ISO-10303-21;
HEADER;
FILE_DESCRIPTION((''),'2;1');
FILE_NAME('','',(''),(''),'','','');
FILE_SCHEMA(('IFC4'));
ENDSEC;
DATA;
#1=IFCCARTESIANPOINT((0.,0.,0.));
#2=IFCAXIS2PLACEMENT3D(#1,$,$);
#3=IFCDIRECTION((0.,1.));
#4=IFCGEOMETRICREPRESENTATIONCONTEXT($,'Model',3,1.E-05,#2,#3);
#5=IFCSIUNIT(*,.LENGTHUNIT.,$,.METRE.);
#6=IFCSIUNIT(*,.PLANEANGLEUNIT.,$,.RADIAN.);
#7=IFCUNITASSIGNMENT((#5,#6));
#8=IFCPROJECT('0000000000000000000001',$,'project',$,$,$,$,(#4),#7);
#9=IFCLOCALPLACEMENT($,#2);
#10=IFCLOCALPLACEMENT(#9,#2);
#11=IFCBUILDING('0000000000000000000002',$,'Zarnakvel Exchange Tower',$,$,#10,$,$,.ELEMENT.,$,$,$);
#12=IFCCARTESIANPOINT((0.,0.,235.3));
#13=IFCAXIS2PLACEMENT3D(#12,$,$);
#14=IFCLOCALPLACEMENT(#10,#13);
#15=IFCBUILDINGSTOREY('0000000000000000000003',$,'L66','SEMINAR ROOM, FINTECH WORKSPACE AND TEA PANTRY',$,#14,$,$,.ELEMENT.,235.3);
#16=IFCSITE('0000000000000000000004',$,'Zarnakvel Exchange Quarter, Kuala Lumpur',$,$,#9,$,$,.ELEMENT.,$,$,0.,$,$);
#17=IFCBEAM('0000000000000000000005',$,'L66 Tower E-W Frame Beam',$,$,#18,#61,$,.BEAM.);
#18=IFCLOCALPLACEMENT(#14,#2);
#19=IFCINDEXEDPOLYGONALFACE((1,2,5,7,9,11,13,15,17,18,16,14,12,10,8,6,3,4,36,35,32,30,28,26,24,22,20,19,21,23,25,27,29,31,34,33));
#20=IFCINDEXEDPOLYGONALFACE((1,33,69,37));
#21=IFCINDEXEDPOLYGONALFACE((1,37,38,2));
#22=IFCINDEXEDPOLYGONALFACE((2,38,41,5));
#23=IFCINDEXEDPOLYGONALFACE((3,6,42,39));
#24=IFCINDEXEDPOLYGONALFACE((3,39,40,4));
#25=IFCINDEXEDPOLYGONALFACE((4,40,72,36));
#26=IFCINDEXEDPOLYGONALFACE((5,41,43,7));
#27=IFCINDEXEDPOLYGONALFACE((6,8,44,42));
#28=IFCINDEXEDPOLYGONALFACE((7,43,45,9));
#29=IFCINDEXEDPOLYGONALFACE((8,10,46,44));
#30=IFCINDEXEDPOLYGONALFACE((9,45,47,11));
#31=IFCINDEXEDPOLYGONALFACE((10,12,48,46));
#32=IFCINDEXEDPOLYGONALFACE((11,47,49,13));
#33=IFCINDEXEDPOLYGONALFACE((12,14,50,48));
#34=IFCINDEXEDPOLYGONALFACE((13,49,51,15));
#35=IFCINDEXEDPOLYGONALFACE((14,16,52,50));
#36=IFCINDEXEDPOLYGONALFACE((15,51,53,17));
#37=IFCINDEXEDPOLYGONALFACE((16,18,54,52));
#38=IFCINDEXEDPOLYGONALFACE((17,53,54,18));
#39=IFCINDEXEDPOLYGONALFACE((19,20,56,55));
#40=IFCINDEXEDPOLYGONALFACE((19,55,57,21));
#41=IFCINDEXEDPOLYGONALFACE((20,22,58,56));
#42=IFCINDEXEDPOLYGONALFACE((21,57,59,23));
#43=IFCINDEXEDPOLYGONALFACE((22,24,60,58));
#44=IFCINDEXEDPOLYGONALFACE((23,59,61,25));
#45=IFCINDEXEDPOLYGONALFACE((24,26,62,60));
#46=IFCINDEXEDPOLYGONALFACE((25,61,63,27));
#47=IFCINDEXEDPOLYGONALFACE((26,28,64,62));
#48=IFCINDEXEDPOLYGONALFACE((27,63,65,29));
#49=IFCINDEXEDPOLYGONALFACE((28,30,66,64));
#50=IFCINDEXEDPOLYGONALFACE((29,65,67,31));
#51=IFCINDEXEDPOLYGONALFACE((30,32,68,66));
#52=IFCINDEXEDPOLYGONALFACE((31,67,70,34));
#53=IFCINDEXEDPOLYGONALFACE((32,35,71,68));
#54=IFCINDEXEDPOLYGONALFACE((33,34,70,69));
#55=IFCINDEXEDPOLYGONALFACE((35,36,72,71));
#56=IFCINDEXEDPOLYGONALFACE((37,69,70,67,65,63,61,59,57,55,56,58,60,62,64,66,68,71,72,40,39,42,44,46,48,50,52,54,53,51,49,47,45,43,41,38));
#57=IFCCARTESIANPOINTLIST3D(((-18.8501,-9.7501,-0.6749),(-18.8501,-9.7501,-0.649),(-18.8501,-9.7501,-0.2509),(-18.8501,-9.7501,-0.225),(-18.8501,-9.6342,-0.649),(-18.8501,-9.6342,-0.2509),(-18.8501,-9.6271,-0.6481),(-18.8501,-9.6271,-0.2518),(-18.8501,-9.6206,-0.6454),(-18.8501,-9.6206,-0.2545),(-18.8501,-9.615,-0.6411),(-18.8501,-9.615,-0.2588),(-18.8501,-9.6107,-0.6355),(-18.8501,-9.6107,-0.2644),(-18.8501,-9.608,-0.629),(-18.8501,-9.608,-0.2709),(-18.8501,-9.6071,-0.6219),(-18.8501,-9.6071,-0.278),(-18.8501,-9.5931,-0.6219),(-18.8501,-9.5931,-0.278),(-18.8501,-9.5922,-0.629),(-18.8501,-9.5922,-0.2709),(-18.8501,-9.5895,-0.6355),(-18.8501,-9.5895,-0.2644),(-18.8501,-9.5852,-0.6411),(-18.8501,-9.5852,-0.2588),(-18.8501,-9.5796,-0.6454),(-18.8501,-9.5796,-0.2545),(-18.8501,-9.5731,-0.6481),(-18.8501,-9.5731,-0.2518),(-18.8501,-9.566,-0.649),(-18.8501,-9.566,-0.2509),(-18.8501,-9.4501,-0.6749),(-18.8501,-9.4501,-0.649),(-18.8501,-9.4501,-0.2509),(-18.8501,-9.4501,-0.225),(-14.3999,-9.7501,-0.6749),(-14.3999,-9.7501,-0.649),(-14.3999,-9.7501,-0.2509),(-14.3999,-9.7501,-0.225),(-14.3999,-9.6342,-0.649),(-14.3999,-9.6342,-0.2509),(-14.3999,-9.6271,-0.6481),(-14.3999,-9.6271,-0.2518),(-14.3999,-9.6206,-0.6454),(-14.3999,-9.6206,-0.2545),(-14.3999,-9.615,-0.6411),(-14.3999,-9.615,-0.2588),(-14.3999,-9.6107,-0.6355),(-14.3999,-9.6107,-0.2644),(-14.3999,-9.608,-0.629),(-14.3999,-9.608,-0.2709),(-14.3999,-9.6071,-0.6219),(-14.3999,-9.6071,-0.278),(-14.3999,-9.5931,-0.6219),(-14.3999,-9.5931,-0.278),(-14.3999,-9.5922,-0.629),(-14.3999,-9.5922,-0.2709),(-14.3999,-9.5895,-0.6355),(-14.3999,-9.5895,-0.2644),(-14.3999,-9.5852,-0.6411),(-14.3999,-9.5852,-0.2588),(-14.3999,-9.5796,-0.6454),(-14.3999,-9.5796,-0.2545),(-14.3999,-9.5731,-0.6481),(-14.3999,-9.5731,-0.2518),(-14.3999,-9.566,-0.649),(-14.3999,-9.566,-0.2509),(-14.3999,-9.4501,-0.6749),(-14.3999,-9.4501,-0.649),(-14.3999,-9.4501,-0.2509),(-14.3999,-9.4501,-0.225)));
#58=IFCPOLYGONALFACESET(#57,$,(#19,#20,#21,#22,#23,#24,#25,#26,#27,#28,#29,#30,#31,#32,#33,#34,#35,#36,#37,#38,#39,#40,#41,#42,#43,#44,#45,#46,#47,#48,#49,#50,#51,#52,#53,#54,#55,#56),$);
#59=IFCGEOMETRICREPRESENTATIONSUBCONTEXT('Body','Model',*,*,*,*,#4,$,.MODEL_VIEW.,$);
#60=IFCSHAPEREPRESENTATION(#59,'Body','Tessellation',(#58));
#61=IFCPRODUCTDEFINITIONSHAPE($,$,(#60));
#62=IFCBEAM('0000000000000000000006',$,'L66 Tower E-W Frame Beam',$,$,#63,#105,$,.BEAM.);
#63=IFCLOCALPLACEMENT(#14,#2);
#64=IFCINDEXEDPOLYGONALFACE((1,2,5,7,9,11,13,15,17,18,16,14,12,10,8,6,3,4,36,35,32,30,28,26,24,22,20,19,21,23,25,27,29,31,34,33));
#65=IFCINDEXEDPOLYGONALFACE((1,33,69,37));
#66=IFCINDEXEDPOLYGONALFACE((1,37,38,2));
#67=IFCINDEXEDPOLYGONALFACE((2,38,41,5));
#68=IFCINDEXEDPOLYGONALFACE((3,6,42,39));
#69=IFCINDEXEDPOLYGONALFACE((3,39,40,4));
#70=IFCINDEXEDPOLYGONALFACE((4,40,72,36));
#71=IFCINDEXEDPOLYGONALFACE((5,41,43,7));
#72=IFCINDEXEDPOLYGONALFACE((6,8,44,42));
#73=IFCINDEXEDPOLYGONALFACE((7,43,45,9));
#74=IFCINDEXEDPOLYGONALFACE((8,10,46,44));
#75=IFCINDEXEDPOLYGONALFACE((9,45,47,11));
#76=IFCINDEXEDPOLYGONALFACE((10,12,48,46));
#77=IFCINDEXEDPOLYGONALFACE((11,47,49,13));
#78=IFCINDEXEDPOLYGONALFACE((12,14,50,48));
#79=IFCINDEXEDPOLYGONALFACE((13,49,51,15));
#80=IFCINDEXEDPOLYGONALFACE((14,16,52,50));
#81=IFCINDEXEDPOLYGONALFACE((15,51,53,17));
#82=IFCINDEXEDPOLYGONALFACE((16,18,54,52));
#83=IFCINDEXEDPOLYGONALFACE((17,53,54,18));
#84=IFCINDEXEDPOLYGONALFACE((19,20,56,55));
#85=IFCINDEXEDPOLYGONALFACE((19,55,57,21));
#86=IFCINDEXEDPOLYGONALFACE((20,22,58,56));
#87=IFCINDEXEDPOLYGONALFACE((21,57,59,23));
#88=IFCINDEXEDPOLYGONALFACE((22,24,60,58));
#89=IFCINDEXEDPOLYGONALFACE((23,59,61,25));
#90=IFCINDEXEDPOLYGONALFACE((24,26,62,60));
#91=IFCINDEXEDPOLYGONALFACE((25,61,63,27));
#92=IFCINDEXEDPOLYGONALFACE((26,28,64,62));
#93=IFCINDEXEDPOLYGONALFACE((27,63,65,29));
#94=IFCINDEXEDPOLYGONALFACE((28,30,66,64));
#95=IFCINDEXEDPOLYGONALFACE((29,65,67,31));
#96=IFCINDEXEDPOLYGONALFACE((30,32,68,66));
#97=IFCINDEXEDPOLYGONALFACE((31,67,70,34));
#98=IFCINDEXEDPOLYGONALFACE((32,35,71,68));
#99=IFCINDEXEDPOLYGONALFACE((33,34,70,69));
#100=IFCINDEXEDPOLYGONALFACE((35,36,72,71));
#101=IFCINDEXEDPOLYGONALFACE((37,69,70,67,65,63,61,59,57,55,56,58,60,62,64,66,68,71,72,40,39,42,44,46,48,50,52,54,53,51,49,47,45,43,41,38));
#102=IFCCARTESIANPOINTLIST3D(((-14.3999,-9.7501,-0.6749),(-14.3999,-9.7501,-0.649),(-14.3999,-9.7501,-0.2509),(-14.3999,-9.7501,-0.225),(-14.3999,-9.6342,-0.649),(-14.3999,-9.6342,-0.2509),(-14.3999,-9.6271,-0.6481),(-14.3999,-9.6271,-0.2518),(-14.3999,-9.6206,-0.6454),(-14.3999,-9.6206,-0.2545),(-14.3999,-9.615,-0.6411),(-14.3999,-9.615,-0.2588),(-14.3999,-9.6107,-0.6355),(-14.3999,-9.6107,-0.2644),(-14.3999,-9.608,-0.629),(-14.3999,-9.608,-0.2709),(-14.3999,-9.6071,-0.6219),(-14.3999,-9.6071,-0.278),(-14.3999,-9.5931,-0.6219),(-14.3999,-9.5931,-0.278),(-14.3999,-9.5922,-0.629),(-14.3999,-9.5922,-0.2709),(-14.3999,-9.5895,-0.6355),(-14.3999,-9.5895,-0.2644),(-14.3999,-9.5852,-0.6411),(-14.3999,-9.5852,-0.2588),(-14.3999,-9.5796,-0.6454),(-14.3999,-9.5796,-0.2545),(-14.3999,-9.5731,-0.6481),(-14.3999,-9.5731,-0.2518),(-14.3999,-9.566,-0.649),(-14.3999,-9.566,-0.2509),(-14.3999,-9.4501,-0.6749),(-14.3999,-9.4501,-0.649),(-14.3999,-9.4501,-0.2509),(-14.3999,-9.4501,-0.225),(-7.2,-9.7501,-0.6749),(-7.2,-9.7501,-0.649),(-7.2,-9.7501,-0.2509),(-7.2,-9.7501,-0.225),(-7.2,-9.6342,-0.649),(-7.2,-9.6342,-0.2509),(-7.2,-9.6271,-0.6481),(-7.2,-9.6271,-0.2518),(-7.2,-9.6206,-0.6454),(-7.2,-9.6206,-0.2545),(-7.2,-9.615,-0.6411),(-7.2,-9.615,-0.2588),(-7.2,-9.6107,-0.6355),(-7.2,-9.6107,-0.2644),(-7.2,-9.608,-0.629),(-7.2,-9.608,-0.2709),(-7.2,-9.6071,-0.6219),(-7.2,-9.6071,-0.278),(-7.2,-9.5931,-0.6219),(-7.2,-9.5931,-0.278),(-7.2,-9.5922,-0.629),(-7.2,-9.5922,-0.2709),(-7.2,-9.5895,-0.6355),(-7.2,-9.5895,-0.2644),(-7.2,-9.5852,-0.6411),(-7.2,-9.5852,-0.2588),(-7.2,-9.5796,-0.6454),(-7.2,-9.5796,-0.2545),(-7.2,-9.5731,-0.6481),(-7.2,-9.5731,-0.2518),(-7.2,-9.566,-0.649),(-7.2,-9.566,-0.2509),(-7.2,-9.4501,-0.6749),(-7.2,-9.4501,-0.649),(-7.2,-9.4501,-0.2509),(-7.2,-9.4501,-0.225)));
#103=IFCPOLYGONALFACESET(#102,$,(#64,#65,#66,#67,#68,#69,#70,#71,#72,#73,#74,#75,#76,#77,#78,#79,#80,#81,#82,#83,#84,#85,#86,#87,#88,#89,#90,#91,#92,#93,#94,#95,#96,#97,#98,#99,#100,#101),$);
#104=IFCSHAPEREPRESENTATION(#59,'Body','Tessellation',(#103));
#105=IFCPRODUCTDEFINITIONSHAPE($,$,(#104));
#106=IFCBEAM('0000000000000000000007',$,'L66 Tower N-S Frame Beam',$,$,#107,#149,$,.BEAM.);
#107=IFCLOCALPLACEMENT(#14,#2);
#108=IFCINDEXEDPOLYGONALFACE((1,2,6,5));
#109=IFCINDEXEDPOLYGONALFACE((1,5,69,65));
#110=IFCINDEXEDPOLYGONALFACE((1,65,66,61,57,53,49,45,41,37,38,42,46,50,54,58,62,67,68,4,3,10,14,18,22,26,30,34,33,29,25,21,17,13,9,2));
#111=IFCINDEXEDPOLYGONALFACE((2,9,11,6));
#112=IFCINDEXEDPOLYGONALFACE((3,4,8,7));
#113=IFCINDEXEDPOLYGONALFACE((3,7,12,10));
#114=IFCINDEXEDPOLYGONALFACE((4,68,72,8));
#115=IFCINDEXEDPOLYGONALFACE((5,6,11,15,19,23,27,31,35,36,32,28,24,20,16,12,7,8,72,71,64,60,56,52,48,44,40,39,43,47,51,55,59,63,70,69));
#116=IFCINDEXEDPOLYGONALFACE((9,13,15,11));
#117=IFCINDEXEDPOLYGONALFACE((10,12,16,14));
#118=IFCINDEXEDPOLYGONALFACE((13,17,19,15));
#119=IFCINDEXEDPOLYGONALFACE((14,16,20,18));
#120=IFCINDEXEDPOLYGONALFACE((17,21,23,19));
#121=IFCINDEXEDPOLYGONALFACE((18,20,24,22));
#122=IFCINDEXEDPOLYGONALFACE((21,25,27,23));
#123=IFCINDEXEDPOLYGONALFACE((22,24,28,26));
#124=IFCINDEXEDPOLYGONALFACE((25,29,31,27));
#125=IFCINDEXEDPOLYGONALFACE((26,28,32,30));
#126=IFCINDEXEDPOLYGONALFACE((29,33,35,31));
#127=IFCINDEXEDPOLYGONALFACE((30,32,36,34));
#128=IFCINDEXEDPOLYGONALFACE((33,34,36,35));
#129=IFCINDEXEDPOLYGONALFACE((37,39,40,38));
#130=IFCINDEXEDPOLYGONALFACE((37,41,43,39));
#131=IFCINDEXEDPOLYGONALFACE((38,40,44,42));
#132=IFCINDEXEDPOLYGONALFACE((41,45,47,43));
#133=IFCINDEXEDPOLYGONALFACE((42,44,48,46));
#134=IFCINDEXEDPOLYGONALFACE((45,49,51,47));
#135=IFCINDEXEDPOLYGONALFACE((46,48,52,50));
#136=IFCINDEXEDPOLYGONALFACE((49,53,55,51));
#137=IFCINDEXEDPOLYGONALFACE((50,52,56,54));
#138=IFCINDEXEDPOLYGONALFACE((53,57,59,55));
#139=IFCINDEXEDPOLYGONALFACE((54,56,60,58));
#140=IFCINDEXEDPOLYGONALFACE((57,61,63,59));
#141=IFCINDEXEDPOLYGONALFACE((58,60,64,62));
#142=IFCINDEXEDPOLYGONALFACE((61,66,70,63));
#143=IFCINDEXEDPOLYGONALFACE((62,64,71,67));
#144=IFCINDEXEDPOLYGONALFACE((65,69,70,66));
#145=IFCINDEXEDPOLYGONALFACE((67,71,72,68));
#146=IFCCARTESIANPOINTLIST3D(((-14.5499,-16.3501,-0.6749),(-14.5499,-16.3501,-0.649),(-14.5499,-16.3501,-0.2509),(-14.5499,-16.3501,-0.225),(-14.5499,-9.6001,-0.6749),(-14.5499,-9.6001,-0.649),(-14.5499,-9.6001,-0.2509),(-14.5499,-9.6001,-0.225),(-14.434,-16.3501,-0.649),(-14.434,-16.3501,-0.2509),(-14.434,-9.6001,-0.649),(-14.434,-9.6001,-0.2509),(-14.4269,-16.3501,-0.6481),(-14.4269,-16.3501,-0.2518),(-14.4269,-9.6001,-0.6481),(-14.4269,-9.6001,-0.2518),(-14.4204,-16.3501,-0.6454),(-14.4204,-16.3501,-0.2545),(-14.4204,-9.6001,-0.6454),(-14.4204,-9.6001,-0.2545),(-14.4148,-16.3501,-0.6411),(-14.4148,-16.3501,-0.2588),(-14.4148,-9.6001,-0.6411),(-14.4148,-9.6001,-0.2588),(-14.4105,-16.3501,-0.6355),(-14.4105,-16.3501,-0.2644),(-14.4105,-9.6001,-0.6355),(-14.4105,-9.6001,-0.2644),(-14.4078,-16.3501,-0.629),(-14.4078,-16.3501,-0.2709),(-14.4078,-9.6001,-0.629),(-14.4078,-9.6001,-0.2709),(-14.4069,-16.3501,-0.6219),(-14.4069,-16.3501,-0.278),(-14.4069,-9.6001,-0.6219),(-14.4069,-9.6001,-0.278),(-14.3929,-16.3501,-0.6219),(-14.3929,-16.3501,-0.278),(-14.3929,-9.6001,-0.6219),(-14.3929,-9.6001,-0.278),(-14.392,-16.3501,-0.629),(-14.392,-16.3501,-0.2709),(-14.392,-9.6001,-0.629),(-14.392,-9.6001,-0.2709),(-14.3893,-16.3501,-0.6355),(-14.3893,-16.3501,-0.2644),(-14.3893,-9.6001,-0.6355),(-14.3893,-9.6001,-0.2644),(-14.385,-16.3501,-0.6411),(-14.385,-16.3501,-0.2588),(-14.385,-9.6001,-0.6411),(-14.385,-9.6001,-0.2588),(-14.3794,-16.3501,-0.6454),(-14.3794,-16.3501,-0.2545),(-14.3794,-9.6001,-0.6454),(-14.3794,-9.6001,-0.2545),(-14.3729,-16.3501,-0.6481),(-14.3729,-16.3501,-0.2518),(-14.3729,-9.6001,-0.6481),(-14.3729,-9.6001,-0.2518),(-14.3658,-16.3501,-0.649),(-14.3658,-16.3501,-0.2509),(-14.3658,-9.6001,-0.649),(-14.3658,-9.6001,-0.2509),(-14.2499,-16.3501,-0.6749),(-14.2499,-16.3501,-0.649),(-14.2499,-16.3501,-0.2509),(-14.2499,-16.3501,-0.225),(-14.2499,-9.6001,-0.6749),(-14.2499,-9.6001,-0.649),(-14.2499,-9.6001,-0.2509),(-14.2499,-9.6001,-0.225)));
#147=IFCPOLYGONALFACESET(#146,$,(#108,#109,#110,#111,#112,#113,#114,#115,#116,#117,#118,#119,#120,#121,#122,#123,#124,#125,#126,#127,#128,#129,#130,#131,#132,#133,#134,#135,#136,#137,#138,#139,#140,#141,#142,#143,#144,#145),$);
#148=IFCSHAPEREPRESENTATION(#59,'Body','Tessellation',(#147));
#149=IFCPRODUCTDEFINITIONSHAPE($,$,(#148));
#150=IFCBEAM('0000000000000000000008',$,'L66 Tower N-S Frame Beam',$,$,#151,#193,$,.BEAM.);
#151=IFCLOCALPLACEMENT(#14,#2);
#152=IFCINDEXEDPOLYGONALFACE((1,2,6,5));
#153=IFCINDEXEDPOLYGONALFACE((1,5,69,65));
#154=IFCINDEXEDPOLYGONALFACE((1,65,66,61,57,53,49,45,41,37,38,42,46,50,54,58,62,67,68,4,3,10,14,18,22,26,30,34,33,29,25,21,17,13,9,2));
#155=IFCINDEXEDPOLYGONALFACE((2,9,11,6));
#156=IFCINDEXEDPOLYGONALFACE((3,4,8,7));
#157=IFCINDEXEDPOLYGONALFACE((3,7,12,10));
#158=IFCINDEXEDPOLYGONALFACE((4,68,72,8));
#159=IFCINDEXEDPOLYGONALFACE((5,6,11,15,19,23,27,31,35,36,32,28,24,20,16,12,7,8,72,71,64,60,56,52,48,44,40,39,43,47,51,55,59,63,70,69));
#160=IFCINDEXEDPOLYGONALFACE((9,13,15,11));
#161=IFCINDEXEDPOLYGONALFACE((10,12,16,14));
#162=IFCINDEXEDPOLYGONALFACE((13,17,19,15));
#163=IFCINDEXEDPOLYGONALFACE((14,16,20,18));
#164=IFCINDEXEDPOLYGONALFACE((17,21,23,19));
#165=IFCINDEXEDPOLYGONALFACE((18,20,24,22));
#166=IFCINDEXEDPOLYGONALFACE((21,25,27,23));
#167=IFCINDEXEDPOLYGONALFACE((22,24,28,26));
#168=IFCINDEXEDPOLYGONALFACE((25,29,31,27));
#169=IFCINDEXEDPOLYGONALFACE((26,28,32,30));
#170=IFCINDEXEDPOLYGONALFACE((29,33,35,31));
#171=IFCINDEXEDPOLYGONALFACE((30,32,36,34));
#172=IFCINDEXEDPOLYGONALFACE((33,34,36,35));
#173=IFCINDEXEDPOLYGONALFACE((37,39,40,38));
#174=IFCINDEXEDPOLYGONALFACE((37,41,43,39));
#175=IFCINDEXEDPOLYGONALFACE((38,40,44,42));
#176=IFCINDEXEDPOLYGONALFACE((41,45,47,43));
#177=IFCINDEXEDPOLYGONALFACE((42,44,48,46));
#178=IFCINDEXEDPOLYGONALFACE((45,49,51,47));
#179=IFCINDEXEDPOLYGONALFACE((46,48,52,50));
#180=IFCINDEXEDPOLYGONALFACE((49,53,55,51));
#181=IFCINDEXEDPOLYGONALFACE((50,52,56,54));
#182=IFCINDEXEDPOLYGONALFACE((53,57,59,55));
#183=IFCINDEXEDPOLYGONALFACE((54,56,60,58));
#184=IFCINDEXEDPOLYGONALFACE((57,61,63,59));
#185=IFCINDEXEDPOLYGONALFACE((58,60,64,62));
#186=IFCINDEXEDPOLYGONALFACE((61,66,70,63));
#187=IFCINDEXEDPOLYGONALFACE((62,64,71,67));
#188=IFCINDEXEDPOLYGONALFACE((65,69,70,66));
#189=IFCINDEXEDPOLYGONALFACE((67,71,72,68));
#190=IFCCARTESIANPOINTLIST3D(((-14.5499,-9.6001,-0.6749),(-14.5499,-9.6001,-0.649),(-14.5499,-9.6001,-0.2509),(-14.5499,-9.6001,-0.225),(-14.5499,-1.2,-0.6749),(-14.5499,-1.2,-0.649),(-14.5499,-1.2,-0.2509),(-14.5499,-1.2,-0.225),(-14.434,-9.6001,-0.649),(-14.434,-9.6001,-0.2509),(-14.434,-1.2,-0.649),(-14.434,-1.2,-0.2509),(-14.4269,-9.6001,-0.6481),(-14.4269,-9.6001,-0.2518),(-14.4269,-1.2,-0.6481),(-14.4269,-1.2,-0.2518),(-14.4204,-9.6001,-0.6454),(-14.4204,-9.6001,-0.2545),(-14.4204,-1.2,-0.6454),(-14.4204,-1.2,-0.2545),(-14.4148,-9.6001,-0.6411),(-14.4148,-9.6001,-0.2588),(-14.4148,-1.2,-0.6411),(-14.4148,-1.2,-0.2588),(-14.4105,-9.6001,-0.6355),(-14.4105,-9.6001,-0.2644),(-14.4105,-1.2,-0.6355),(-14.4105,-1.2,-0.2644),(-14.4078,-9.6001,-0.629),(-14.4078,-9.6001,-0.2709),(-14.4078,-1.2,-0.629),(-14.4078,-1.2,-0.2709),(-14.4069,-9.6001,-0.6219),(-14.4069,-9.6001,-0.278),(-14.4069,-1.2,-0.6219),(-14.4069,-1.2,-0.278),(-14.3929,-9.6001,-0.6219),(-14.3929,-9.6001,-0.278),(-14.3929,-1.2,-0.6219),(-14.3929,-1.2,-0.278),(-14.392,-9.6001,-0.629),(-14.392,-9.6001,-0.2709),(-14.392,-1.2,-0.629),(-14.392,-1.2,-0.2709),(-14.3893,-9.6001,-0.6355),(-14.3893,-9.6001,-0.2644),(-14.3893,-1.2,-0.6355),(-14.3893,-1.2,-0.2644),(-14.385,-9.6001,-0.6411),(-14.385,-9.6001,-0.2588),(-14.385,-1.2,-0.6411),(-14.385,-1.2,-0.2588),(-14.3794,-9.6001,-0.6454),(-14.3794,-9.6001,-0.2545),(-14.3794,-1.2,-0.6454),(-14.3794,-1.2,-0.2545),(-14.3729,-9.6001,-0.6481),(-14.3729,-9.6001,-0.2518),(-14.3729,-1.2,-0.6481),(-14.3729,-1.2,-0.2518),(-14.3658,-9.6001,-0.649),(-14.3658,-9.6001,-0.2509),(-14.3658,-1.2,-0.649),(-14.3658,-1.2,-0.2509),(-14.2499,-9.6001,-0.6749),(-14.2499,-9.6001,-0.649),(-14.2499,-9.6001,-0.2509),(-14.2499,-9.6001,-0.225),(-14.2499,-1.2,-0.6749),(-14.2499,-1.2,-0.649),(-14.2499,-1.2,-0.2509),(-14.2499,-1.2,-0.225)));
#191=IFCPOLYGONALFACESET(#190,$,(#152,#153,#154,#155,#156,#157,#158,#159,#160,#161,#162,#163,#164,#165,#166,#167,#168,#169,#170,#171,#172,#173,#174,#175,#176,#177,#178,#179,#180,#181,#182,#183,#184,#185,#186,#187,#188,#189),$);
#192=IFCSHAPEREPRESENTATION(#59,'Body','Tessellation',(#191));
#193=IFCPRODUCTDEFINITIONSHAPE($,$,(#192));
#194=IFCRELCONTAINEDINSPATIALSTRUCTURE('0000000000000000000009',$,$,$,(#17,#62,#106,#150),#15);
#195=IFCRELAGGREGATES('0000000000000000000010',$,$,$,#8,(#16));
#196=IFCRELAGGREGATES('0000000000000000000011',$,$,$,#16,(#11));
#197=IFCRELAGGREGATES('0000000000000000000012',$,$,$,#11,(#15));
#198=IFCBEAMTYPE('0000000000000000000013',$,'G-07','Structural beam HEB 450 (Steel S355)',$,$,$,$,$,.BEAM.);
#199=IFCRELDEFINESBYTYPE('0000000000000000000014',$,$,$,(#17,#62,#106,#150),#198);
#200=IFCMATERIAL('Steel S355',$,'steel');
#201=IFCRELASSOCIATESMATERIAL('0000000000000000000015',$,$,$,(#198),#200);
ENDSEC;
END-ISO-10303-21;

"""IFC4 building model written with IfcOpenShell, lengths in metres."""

from ifc_helpers import new_model, si_unit, direction, frame, origin, origin_2d, place, context, subcontext, project, spatial, i_section, extrude, material, material_profile, profile_set, type_object, element, save


model = new_model("IFC4")

# Units and contexts
model_context = context("Model", 3, precision=1e-05, world=origin(), true_north=direction((0.0, 1.0)))
body_context = subcontext(model_context, "Body", "Model", "MODEL_VIEW")
ifc_project = project(units=[si_unit("LENGTHUNIT", "METRE"), si_unit("PLANEANGLEUNIT", "RADIAN")], contexts=[model_context])

# Site, building, storey
site_placement = place(None, origin())
site = spatial("IfcSite", under=ifc_project, at=site_placement, Name="Zarnakvel Exchange Quarter, Kuala Lumpur", CompositionType="ELEMENT", RefElevation=0.0)
building_placement = place(site_placement, origin())
building = spatial("IfcBuilding", under=site, at=building_placement, Name="Zarnakvel Exchange Tower", CompositionType="ELEMENT")
storey_placement = place(building_placement, frame((0.0, 0.0, 235.3)))
storey = spatial("IfcBuildingStorey", under=building, at=storey_placement, Name="L66", Description="SEMINAR ROOM, FINTECH WORKSPACE AND TEA PANTRY", CompositionType="ELEMENT", Elevation=235.3)

# Shared definitions
ifc_material_1 = material(Name="Steel S355", Category="steel")

# Beams
ifc_material_profile_1 = material_profile(ifc_material_1, i_section(OverallWidth=0.3, OverallDepth=0.45, WebThickness=0.0139, FlangeThickness=0.0259, FilletRadius=0.0271, at=origin_2d()))
ifc_profile_set_1 = profile_set([ifc_material_profile_1], Name="Steel S355")
beam_type_1 = type_object("IfcBeamType", Name="G-07", Description="Structural beam HEB 450 (Steel S355)", PredefinedType="BEAM", material=ifc_profile_set_1)
beam_1_placement = place(storey_placement, frame((-18.8501, -9.6001, -0.45), z_axis=(1.0, 0.0, 0.0), x_axis=(0.0, 1.0, 0.0)))
element("IfcBeam", 1, at=beam_1_placement, inside=storey, type_object=beam_type_1, Name="L66 Tower E-W Frame Beam", PredefinedType="BEAM", context=body_context, shape_type="SweptSolid", body=[
    extrude(i_section(OverallWidth=0.3, OverallDepth=0.45, WebThickness=0.0139, FlangeThickness=0.0259, FilletRadius=0.0271, at=origin_2d()), origin(), (0.0, 0.0, 1.0), 4.4502),
])
beam_2_placement = place(storey_placement, frame((-14.3999, -9.6001, -0.45), z_axis=(1.0, 0.0, 0.0), x_axis=(0.0, 1.0, 0.0)))
element("IfcBeam", 2, at=beam_2_placement, inside=storey, type_object=beam_type_1, Name="L66 Tower E-W Frame Beam", PredefinedType="BEAM", context=body_context, shape_type="SweptSolid", body=[
    extrude(i_section(OverallWidth=0.3, OverallDepth=0.45, WebThickness=0.0139, FlangeThickness=0.0259, FilletRadius=0.0271, at=origin_2d()), origin(), (0.0, 0.0, 1.0), 7.2),
])
beam_3_placement = place(storey_placement, frame((-14.3999, -16.3501, -0.45), z_axis=(0.0, 1.0, 0.0), x_axis=(-1.0, 0.0, 0.0)))
element("IfcBeam", 3, at=beam_3_placement, inside=storey, type_object=beam_type_1, Name="L66 Tower N-S Frame Beam", PredefinedType="BEAM", context=body_context, shape_type="SweptSolid", body=[
    extrude(i_section(OverallWidth=0.3, OverallDepth=0.45, WebThickness=0.0139, FlangeThickness=0.0259, FilletRadius=0.0271, at=origin_2d()), origin(), (0.0, 0.0, 1.0), 6.75),
])
beam_4_placement = place(storey_placement, frame((-14.3999, -9.6001, -0.45), z_axis=(0.0, 1.0, 0.0), x_axis=(-1.0, 0.0, 0.0)))
element("IfcBeam", 4, at=beam_4_placement, inside=storey, type_object=beam_type_1, Name="L66 Tower N-S Frame Beam", PredefinedType="BEAM", context=body_context, shape_type="SweptSolid", body=[
    extrude(i_section(OverallWidth=0.3, OverallDepth=0.45, WebThickness=0.0139, FlangeThickness=0.0259, FilletRadius=0.0271, at=origin_2d()), origin(), (0.0, 0.0, 1.0), 8.4001),
])

save(model, "model.ifc")
